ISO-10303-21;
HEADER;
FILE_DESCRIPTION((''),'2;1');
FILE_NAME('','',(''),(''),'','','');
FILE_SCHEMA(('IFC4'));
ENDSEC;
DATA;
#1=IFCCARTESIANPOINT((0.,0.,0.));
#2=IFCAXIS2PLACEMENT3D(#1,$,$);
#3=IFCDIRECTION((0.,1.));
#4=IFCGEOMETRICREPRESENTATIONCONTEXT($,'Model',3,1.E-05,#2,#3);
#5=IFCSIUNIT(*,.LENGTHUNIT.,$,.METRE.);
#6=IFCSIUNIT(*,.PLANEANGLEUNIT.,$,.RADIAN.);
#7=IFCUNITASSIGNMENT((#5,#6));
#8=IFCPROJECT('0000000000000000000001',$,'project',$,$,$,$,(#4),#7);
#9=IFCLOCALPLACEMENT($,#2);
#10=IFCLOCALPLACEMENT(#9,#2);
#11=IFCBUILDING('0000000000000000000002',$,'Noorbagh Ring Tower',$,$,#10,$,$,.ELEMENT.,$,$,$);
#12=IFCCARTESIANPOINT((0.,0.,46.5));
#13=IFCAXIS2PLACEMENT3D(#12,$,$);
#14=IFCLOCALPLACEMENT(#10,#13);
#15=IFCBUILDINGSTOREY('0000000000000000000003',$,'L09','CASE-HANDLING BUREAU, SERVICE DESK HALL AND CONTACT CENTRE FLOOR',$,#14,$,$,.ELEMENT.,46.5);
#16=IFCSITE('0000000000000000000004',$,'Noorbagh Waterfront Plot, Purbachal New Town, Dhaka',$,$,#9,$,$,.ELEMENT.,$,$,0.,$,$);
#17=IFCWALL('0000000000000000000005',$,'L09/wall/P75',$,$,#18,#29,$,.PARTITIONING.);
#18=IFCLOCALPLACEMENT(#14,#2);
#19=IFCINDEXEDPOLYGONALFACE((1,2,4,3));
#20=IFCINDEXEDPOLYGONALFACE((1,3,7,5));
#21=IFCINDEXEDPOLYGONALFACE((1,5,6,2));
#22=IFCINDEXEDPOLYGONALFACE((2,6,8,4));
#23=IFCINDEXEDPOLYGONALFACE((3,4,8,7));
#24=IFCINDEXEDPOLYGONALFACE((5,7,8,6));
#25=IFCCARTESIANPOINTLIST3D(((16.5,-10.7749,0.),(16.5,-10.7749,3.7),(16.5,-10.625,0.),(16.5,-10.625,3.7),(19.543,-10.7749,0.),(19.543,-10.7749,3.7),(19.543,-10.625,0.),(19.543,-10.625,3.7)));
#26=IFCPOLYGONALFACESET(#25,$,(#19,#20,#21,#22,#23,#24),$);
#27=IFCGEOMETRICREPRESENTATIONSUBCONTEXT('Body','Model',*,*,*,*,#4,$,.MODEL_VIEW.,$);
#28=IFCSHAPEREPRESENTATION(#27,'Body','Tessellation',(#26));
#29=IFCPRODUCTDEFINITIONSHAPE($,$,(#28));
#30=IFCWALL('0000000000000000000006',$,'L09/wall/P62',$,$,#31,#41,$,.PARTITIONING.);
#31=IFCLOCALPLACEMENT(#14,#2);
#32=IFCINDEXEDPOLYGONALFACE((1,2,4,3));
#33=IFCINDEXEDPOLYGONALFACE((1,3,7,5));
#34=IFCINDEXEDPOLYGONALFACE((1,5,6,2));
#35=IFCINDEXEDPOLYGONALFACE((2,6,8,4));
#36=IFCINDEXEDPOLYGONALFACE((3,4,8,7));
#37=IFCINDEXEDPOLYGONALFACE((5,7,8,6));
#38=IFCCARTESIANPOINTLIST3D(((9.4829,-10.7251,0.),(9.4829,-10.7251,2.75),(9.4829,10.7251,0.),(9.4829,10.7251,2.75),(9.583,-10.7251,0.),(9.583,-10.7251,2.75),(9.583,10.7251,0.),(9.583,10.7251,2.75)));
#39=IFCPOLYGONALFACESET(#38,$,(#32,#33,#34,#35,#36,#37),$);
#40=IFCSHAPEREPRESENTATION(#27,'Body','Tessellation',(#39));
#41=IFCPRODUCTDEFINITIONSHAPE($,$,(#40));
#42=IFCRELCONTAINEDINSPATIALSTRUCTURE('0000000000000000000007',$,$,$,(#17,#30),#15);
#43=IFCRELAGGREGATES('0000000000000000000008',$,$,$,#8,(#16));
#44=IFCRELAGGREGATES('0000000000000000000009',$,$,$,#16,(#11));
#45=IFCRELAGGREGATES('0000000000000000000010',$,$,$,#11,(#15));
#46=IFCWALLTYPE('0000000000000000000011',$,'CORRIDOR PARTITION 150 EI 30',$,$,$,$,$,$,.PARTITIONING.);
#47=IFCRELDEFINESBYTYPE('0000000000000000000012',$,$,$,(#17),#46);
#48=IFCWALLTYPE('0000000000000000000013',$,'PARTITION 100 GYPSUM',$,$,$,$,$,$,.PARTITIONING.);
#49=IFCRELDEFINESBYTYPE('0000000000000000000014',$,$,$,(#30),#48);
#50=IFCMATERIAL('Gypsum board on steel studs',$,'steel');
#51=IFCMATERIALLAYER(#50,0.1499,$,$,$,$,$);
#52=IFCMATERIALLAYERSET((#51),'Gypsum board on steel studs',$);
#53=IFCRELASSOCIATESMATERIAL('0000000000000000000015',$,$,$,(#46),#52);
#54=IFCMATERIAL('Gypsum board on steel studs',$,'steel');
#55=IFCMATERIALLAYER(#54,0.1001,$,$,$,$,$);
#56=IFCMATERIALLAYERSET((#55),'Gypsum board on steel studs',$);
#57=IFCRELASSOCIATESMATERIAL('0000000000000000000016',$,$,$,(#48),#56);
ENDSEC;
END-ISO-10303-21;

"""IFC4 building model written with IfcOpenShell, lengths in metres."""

from ifc_helpers import new_model, si_unit, direction, frame, frame_2d, origin, place, context, subcontext, project, spatial, rectangle, extrude, material, layer, layer_set, type_object, element, save


model = new_model("IFC4")

# Units and contexts
model_context = context("Model", 3, precision=1e-05, world=origin(), true_north=direction((0.0, 1.0)))
body_context = subcontext(model_context, "Body", "Model", "MODEL_VIEW")
ifc_project = project(units=[si_unit("LENGTHUNIT", "METRE"), si_unit("PLANEANGLEUNIT", "RADIAN")], contexts=[model_context])

# Site, building, storey
site_placement = place(None, origin())
site = spatial("IfcSite", under=ifc_project, at=site_placement, Name="Noorbagh Waterfront Plot, Purbachal New Town, Dhaka", CompositionType="ELEMENT", RefElevation=0.0)
building_placement = place(site_placement, origin())
building = spatial("IfcBuilding", under=site, at=building_placement, Name="Noorbagh Ring Tower", CompositionType="ELEMENT")
storey_placement = place(building_placement, frame((0.0, 0.0, 46.5)))
storey = spatial("IfcBuildingStorey", under=building, at=storey_placement, Name="L09", Description="CASE-HANDLING BUREAU, SERVICE DESK HALL AND CONTACT CENTRE FLOOR", CompositionType="ELEMENT", Elevation=46.5)

# Shared definitions
ifc_material_1 = material(Name="Gypsum board on steel studs", Category="steel")
ifc_layer_1 = layer(ifc_material_1, 0.1499)
ifc_layer_set_1 = layer_set([ifc_layer_1], Name="Gypsum board on steel studs")
wall_type_1 = type_object("IfcWallType", Name="CORRIDOR PARTITION 150 EI 30", PredefinedType="PARTITIONING", material=ifc_layer_set_1)

# Walls
wall_1_placement = place(storey_placement, frame((16.5, -10.7, 0.0), z_axis=(0.0, 0.0, 1.0), x_axis=(1.0, 0.0, 0.0)))
element("IfcWall", 1, at=wall_1_placement, inside=storey, type_object=wall_type_1, Name="L09/wall/P75", PredefinedType="PARTITIONING", context=body_context, shape_type="SweptSolid", body=[
    extrude(rectangle(XDim=3.043, YDim=0.1499, at=frame_2d((1.5215, 0.0))), origin(), (0.0, 0.0, 1.0), 3.7),
])
ifc_material_2 = material(Name="Gypsum board on steel studs", Category="steel")
ifc_layer_2 = layer(ifc_material_2, 0.1001)
ifc_layer_set_2 = layer_set([ifc_layer_2], Name="Gypsum board on steel studs")
wall_type_2 = type_object("IfcWallType", Name="PARTITION 100 GYPSUM", PredefinedType="PARTITIONING", material=ifc_layer_set_2)
wall_2_placement = place(storey_placement, frame((9.533, -10.7251, 0.0), z_axis=(0.0, 0.0, 1.0), x_axis=(0.0, 1.0, 0.0)))
element("IfcWall", 2, at=wall_2_placement, inside=storey, type_object=wall_type_2, Name="L09/wall/P62", PredefinedType="PARTITIONING", context=body_context, shape_type="SweptSolid", body=[
    extrude(rectangle(XDim=21.4502, YDim=0.1001, at=frame_2d((10.7251, 0.0))), origin(), (0.0, 0.0, 1.0), 2.75),
])

save(model, "model.ifc")
